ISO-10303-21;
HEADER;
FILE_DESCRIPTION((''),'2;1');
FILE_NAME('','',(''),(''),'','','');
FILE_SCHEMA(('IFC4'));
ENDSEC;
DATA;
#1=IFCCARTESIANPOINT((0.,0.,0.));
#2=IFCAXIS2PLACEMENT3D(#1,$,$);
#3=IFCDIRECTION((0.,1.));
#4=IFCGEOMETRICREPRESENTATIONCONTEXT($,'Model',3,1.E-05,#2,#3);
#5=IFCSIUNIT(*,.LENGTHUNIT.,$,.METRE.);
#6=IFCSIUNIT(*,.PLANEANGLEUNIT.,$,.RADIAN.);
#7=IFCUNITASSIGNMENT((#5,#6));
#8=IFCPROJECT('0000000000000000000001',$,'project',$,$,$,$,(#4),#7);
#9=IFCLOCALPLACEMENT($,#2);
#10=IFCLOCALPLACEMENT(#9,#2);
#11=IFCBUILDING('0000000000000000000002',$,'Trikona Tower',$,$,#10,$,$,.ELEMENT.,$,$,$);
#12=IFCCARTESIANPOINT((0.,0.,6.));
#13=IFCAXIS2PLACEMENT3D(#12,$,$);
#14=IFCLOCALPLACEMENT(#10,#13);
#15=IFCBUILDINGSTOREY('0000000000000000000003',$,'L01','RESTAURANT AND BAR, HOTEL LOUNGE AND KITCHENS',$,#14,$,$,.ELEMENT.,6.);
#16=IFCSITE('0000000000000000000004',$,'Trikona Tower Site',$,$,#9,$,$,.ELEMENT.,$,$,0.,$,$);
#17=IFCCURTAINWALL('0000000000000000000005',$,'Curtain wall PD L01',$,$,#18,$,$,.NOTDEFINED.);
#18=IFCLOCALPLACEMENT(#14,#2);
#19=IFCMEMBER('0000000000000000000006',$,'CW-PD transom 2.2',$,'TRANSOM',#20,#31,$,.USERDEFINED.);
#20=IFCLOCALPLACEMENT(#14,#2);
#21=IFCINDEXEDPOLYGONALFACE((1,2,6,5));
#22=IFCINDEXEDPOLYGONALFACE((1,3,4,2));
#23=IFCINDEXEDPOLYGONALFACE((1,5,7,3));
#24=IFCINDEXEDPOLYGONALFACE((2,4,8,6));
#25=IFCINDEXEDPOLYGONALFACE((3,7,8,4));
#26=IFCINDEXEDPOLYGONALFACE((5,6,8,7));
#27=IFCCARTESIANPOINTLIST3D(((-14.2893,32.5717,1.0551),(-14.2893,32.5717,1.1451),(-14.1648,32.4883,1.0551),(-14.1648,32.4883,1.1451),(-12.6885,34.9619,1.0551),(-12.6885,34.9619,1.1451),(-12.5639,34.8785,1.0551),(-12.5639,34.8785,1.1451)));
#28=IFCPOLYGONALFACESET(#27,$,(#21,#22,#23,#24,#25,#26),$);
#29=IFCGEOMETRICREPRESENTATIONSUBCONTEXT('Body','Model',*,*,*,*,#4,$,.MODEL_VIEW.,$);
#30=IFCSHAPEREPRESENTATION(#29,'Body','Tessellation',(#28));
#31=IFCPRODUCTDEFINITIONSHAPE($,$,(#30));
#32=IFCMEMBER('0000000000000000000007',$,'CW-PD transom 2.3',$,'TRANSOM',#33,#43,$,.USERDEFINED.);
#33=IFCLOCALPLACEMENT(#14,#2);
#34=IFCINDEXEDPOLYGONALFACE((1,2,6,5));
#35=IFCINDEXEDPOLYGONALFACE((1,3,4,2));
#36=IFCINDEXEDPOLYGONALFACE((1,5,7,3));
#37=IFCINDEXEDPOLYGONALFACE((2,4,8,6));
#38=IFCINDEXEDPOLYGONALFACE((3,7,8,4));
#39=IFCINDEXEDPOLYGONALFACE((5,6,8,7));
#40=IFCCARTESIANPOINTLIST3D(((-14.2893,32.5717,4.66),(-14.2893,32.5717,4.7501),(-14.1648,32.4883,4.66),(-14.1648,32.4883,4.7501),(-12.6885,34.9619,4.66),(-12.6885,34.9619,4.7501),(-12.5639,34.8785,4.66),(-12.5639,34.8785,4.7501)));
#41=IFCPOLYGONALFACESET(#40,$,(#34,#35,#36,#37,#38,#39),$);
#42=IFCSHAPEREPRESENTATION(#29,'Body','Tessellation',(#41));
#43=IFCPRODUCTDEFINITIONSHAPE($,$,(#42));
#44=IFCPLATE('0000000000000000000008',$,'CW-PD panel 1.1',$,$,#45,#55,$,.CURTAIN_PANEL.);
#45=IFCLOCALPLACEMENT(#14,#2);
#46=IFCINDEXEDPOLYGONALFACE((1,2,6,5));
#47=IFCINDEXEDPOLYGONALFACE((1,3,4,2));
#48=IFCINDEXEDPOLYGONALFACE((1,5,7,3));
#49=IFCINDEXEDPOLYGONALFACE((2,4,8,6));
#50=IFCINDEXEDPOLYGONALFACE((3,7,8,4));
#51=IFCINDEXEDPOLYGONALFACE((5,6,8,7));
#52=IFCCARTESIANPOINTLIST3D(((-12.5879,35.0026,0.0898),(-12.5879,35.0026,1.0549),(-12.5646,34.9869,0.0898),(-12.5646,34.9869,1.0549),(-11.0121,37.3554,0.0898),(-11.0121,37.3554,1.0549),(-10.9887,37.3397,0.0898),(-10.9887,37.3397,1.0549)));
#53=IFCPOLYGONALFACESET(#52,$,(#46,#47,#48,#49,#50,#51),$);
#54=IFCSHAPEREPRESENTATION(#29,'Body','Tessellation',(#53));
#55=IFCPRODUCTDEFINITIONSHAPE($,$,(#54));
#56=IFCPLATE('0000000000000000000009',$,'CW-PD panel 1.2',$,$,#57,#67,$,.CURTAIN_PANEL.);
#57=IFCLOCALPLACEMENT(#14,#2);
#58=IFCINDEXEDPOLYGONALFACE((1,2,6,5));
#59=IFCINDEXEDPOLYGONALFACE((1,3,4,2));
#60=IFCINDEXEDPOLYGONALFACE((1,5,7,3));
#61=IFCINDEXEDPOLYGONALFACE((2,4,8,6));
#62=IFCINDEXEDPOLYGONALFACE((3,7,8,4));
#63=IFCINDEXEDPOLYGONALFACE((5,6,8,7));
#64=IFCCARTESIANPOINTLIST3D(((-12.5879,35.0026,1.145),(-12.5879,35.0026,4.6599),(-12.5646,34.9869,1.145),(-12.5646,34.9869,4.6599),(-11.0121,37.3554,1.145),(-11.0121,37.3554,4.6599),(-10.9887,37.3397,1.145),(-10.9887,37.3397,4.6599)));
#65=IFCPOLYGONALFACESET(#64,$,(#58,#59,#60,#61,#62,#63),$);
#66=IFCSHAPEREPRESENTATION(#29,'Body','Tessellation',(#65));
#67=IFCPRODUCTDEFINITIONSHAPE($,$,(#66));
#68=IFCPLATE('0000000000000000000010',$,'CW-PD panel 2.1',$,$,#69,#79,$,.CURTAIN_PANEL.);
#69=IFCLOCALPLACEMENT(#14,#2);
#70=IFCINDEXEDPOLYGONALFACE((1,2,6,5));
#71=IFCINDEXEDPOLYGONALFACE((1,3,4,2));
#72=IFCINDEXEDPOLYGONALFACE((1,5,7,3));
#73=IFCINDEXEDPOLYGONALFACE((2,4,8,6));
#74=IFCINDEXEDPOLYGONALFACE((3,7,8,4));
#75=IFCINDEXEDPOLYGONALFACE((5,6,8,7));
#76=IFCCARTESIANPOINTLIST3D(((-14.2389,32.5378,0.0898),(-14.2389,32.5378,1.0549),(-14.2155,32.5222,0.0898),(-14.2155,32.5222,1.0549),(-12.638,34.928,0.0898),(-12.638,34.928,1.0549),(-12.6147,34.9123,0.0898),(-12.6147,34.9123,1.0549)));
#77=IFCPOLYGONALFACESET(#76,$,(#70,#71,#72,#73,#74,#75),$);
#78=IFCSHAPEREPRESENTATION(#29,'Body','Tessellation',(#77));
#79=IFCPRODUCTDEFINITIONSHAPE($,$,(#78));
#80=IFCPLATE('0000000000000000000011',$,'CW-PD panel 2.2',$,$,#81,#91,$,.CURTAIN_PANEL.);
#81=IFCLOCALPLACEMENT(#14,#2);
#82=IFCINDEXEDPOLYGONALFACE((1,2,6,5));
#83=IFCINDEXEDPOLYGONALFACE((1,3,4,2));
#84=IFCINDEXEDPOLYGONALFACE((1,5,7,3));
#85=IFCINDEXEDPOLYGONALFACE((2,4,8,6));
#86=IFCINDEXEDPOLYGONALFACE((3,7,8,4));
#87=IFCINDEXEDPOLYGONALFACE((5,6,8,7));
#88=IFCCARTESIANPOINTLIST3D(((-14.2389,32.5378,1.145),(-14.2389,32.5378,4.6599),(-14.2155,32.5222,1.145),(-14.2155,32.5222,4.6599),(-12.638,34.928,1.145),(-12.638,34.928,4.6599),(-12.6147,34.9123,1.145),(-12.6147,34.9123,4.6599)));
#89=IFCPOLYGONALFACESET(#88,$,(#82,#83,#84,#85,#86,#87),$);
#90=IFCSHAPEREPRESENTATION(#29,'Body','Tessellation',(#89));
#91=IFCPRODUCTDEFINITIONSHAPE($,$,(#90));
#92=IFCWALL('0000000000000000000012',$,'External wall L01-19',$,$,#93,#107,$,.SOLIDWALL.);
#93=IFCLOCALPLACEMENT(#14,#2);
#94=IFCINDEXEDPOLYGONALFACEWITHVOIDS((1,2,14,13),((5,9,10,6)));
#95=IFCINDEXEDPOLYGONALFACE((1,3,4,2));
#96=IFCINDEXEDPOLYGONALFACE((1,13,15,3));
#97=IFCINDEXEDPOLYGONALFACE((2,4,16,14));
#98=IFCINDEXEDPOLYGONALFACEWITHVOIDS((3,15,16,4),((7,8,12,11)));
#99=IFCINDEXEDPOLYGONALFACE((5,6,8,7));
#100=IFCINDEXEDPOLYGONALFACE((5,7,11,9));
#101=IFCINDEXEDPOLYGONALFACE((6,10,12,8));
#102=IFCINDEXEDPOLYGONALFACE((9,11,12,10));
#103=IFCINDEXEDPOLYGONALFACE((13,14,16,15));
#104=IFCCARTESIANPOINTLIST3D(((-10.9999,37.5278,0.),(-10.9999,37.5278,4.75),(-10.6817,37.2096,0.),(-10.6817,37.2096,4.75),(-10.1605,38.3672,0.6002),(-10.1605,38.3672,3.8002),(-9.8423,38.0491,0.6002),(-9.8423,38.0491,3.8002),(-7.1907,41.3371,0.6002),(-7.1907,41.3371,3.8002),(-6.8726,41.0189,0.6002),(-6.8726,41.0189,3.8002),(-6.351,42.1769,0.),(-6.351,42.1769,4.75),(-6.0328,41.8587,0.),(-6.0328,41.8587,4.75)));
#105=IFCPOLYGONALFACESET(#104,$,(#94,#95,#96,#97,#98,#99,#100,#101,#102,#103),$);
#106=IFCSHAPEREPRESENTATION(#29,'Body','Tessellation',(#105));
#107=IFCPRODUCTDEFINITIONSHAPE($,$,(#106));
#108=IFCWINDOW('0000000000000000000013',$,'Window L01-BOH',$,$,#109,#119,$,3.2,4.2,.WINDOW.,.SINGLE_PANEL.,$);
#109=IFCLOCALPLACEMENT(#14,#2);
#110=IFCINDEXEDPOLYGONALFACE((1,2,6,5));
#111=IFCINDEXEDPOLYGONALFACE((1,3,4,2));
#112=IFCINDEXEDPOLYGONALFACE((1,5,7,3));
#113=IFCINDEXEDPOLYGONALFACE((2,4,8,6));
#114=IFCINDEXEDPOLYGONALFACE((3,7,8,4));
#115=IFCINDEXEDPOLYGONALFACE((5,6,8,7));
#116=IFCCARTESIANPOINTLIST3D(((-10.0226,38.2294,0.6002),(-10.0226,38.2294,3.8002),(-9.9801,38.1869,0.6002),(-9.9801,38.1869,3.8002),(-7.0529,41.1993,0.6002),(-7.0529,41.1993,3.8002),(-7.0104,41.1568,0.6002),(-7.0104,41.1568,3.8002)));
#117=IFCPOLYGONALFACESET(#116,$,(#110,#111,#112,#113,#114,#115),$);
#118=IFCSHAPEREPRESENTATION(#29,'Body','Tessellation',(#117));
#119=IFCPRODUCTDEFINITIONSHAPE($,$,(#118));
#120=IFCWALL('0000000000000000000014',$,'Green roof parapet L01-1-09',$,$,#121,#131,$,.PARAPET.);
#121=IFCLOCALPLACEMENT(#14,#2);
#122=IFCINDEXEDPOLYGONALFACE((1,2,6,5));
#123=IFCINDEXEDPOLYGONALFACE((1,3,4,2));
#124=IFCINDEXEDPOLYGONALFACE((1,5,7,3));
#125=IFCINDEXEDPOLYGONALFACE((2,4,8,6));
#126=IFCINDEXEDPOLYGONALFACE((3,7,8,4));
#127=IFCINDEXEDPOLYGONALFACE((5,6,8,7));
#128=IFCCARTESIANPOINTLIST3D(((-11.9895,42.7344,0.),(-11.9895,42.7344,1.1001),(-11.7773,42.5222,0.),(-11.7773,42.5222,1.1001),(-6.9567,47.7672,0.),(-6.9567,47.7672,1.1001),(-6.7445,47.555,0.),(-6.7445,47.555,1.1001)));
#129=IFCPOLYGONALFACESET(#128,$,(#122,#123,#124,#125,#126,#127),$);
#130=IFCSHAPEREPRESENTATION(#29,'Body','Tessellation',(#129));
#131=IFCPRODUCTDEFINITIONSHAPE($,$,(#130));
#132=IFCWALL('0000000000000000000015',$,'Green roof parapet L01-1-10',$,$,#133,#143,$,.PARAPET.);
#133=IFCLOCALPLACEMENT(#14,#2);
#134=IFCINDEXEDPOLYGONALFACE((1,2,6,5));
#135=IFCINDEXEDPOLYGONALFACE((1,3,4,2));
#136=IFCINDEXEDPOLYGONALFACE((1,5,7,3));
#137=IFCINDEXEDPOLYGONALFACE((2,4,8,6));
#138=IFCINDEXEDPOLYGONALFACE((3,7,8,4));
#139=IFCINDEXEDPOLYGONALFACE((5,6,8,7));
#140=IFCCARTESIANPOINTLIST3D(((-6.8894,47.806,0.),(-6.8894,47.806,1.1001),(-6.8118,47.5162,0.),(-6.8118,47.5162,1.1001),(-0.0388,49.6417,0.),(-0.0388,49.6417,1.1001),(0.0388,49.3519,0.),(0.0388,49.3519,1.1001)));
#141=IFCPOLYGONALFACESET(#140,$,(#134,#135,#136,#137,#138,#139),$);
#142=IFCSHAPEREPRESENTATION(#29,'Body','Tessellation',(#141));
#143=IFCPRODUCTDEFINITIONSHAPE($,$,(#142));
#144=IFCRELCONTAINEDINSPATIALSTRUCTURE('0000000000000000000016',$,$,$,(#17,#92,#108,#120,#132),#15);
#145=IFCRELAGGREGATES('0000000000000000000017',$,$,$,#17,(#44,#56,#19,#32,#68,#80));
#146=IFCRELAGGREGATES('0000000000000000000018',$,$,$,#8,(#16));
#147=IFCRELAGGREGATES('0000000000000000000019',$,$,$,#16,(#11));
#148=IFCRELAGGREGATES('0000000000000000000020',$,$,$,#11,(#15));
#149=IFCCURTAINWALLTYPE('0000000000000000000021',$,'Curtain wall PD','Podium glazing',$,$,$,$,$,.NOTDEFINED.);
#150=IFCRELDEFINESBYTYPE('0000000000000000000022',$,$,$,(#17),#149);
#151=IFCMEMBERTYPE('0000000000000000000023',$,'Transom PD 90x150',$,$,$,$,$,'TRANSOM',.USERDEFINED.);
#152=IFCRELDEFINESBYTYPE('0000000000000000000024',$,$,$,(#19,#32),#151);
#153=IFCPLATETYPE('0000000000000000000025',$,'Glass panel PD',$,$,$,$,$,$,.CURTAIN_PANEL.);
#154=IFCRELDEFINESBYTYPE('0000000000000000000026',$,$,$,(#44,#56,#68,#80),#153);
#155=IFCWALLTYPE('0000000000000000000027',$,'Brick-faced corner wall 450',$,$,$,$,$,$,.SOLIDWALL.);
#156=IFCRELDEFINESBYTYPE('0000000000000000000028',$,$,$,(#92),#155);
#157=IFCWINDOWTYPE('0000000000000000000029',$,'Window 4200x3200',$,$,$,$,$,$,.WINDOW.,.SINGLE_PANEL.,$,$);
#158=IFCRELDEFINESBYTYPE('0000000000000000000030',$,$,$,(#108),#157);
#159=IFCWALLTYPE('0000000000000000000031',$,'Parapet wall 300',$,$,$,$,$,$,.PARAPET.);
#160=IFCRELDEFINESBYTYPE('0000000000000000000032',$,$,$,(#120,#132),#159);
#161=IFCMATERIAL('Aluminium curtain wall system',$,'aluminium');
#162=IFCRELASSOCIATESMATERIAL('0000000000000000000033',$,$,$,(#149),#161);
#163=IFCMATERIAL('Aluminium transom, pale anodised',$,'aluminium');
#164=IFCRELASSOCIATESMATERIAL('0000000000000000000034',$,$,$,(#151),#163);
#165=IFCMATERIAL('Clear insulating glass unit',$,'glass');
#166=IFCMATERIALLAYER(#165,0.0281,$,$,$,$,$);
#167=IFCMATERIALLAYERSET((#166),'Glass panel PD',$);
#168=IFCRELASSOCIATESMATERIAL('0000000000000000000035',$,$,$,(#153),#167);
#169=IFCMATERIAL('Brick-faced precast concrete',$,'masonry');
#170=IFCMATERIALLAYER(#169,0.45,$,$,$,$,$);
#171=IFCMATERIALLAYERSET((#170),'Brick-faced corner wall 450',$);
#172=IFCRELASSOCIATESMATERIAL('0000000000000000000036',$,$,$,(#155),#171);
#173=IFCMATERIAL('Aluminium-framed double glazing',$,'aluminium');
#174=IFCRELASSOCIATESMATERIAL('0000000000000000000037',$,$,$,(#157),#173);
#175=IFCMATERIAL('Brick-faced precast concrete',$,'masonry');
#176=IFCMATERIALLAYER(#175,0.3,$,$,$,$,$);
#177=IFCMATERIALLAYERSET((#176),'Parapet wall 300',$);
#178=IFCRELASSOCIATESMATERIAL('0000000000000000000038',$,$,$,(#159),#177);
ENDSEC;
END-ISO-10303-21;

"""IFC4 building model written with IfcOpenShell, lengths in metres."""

from ifc_helpers import new_model, si_unit, direction, frame, frame_2d, origin, origin_2d, place, context, subcontext, project, spatial, rectangle, extrude, material, layer, layer_set, material_profile, profile_set, type_object, element, fill, aggregate, save


model = new_model("IFC4")

# Units and contexts
model_context = context("Model", 3, precision=1e-05, world=origin(), true_north=direction((0.0, 1.0)))
body_context = subcontext(model_context, "Body", "Model", "MODEL_VIEW")
ifc_project = project(units=[si_unit("LENGTHUNIT", "METRE"), si_unit("PLANEANGLEUNIT", "RADIAN")], contexts=[model_context])

# Site, building, storey
site_placement = place(None, origin())
site = spatial("IfcSite", under=ifc_project, at=site_placement, Name="Trikona Tower Site", CompositionType="ELEMENT", RefElevation=0.0)
building_placement = place(site_placement, origin())
building = spatial("IfcBuilding", under=site, at=building_placement, Name="Trikona Tower", CompositionType="ELEMENT")
storey_placement = place(building_placement, frame((0.0, 0.0, 6.0)))
storey = spatial("IfcBuildingStorey", under=building, at=storey_placement, Name="L01", Description="RESTAURANT AND BAR, HOTEL LOUNGE AND KITCHENS", CompositionType="ELEMENT", Elevation=6.0)

# Curtain wall
ifc_material_1 = material(Name="Aluminium curtain wall system", Category="aluminium")
curtain_wall_type = type_object("IfcCurtainWallType", Name="Curtain wall PD", Description="Podium glazing", PredefinedType="NOTDEFINED", material=ifc_material_1)
curtain_wall_placement = place(storey_placement, origin())
curtain_wall = element("IfcCurtainWall", 1, at=curtain_wall_placement, inside=storey, type_object=curtain_wall_type, Name="Curtain wall PD L01", PredefinedType="NOTDEFINED")

# Members
ifc_material_2 = material(Name="Aluminium transom, pale anodised", Category="aluminium")
ifc_material_profile_1 = material_profile(ifc_material_2, rectangle(XDim=0.1499, YDim=0.0901, at=origin_2d()), Name="TRN-PD")
ifc_profile_set_1 = profile_set([ifc_material_profile_1], Name="Aluminium transom, pale anodised")
member_type_1 = type_object("IfcMemberType", Name="Transom PD 90x150", ElementType="TRANSOM", PredefinedType="USERDEFINED", material=ifc_profile_set_1)
member_1_placement = place(storey_placement, frame((-12.6262, 34.9202, 1.1001), z_axis=(-0.556481, -0.83086, 0.0), x_axis=(0.83086, -0.556481, 0.0)))
member_1 = element("IfcMember", 2, at=member_1_placement, type_object=member_type_1, Name="CW-PD transom 2.2", ObjectType="TRANSOM", PredefinedType="USERDEFINED", context=body_context, shape_type="SweptSolid", body=[
    extrude(rectangle(XDim=0.1499, YDim=0.0901, at=origin_2d()), origin(), (0.0, 0.0, 1.0), 2.8767),
])
member_2_placement = place(storey_placement, frame((-12.6262, 34.9202, 4.7051), z_axis=(-0.556481, -0.83086, 0.0), x_axis=(0.83086, -0.556481, 0.0)))
member_2 = element("IfcMember", 3, at=member_2_placement, type_object=member_type_1, Name="CW-PD transom 2.3", ObjectType="TRANSOM", PredefinedType="USERDEFINED", context=body_context, shape_type="SweptSolid", body=[
    extrude(rectangle(XDim=0.1499, YDim=0.0901, at=origin_2d()), origin(), (0.0, 0.0, 1.0), 2.8767),
])

# Plates
ifc_material_3 = material(Name="Clear insulating glass unit", Category="glass")
ifc_layer_1 = layer(ifc_material_3, 0.0281)
ifc_layer_set_1 = layer_set([ifc_layer_1], Name="Glass panel PD")
plate_type = type_object("IfcPlateType", Name="Glass panel PD", PredefinedType="CURTAIN_PANEL", material=ifc_layer_set_1)
plate_1_placement = place(storey_placement, frame((-11.7883, 36.1711, 0.0898), z_axis=(0.0, 0.0, 1.0), x_axis=(-0.556493, -0.830852, 0.0)))
plate_1 = element("IfcPlate", 4, at=plate_1_placement, type_object=plate_type, Name="CW-PD panel 1.1", PredefinedType="CURTAIN_PANEL", context=body_context, shape_type="SweptSolid", body=[
    extrude(rectangle(XDim=2.8318, YDim=0.0281, at=origin_2d()), origin(), (0.0, 0.0, 1.0), 0.9651),
])
plate_2_placement = place(storey_placement, frame((-11.7883, 36.1711, 1.145), z_axis=(0.0, 0.0, 1.0), x_axis=(-0.556493, -0.830852, 0.0)))
plate_2 = element("IfcPlate", 5, at=plate_2_placement, type_object=plate_type, Name="CW-PD panel 1.2", PredefinedType="CURTAIN_PANEL", context=body_context, shape_type="SweptSolid", body=[
    extrude(rectangle(XDim=2.8318, YDim=0.0281, at=origin_2d()), origin(), (0.0, 0.0, 1.0), 3.5149),
])
plate_3_placement = place(storey_placement, frame((-13.4268, 33.7251, 0.0898), z_axis=(0.0, 0.0, 1.0), x_axis=(-0.556493, -0.830852, 0.0)))
plate_3 = element("IfcPlate", 6, at=plate_3_placement, type_object=plate_type, Name="CW-PD panel 2.1", PredefinedType="CURTAIN_PANEL", context=body_context, shape_type="SweptSolid", body=[
    extrude(rectangle(XDim=2.8767, YDim=0.0281, at=origin_2d()), origin(), (0.0, 0.0, 1.0), 0.9651),
])
plate_4_placement = place(storey_placement, frame((-13.4268, 33.7251, 1.145), z_axis=(0.0, 0.0, 1.0), x_axis=(-0.556493, -0.830852, 0.0)))
plate_4 = element("IfcPlate", 7, at=plate_4_placement, type_object=plate_type, Name="CW-PD panel 2.2", PredefinedType="CURTAIN_PANEL", context=body_context, shape_type="SweptSolid", body=[
    extrude(rectangle(XDim=2.8767, YDim=0.0281, at=origin_2d()), origin(), (0.0, 0.0, 1.0), 3.5149),
])
aggregate(curtain_wall, [plate_1, plate_2, member_1, member_2, plate_3, plate_4])

# Wall, opening, window
ifc_material_4 = material(Name="Brick-faced precast concrete", Category="masonry")
ifc_layer_2 = layer(ifc_material_4, 0.45)
ifc_layer_set_2 = layer_set([ifc_layer_2], Name="Brick-faced corner wall 450")
wall_type_1 = type_object("IfcWallType", Name="Brick-faced corner wall 450", PredefinedType="SOLIDWALL", material=ifc_layer_set_2)
wall_1_placement = place(storey_placement, frame((-6.1919, 42.0178, 0.0), z_axis=(0.0, 0.0, 1.0), x_axis=(-0.707088, -0.707125, 0.0)))
wall_1 = element("IfcWall", 8, at=wall_1_placement, inside=storey, type_object=wall_type_1, Name="External wall L01-19", PredefinedType="SOLIDWALL", context=body_context, shape_type="SweptSolid", body=[
    extrude(rectangle(XDim=6.5747, YDim=0.45, at=frame_2d((3.2874, 0.0))), origin(), (0.0, 0.0, 1.0), 4.75),
])
opening_placement = place(wall_1_placement, frame((1.1875, 0.0, 0.6001)))
opening = element("IfcOpeningElement", 9, at=opening_placement, cuts=wall_1, PredefinedType="OPENING", context=body_context, shape_type="SweptSolid", body=[
    extrude(rectangle(XDim=4.2, YDim=3.2, at=frame_2d((2.1001, 1.6001))), frame((0.0, 0.2349, 0.0), z_axis=(0.0, -1.0, 0.0), x_axis=(1.0, 0.0, 0.0)), (0.0, 0.0, 1.0), 0.47),
])
ifc_material_5 = material(Name="Aluminium-framed double glazing", Category="aluminium")
window_type = type_object("IfcWindowType", Name="Window 4200x3200", PartitioningType="SINGLE_PANEL", PredefinedType="WINDOW", material=ifc_material_5)
window_placement = place(opening_placement, origin())
window = element("IfcWindow", 10, at=window_placement, inside=storey, type_object=window_type, Name="Window L01-BOH", OverallHeight=3.2, OverallWidth=4.2, PartitioningType="SINGLE_PANEL", PredefinedType="WINDOW", context=body_context, shape_type="SweptSolid", body=[
    extrude(rectangle(XDim=4.2, YDim=3.2, at=frame_2d((2.1001, 1.6001))), frame((0.0, 0.03, 0.0), z_axis=(0.0, -1.0, 0.0), x_axis=(1.0, 0.0, 0.0)), (0.0, 0.0, 1.0), 0.0601),
])
fill(opening, window)

# Walls
ifc_material_6 = material(Name="Brick-faced precast concrete", Category="masonry")
ifc_layer_3 = layer(ifc_material_6, 0.3)
ifc_layer_set_3 = layer_set([ifc_layer_3], Name="Parapet wall 300")
wall_type_2 = type_object("IfcWallType", Name="Parapet wall 300", PredefinedType="PARAPET", material=ifc_layer_set_3)
wall_2_placement = place(storey_placement, frame((-11.8833, 42.6284, 0.0), z_axis=(0.0, 0.0, 1.0), x_axis=(0.707107, 0.707107, 0.0)))
element("IfcWall", 11, at=wall_2_placement, inside=storey, type_object=wall_type_2, Name="Green roof parapet L01-1-09", PredefinedType="PARAPET", context=body_context, shape_type="SweptSolid", body=[
    extrude(rectangle(XDim=7.1174, YDim=0.3, at=frame_2d((3.5586, 0.0))), origin(), (0.0, 0.0, 1.0), 1.1001),
])
wall_3_placement = place(storey_placement, frame((-6.8506, 47.6611, 0.0), z_axis=(0.0, 0.0, 1.0), x_axis=(0.965923, 0.25883, 0.0)))
element("IfcWall", 12, at=wall_3_placement, inside=storey, type_object=wall_type_2, Name="Green roof parapet L01-1-10", PredefinedType="PARAPET", context=body_context, shape_type="SweptSolid", body=[
    extrude(rectangle(XDim=7.0923, YDim=0.3, at=frame_2d((3.5461, 0.0))), origin(), (0.0, 0.0, 1.0), 1.1001),
])

save(model, "model.ifc")
